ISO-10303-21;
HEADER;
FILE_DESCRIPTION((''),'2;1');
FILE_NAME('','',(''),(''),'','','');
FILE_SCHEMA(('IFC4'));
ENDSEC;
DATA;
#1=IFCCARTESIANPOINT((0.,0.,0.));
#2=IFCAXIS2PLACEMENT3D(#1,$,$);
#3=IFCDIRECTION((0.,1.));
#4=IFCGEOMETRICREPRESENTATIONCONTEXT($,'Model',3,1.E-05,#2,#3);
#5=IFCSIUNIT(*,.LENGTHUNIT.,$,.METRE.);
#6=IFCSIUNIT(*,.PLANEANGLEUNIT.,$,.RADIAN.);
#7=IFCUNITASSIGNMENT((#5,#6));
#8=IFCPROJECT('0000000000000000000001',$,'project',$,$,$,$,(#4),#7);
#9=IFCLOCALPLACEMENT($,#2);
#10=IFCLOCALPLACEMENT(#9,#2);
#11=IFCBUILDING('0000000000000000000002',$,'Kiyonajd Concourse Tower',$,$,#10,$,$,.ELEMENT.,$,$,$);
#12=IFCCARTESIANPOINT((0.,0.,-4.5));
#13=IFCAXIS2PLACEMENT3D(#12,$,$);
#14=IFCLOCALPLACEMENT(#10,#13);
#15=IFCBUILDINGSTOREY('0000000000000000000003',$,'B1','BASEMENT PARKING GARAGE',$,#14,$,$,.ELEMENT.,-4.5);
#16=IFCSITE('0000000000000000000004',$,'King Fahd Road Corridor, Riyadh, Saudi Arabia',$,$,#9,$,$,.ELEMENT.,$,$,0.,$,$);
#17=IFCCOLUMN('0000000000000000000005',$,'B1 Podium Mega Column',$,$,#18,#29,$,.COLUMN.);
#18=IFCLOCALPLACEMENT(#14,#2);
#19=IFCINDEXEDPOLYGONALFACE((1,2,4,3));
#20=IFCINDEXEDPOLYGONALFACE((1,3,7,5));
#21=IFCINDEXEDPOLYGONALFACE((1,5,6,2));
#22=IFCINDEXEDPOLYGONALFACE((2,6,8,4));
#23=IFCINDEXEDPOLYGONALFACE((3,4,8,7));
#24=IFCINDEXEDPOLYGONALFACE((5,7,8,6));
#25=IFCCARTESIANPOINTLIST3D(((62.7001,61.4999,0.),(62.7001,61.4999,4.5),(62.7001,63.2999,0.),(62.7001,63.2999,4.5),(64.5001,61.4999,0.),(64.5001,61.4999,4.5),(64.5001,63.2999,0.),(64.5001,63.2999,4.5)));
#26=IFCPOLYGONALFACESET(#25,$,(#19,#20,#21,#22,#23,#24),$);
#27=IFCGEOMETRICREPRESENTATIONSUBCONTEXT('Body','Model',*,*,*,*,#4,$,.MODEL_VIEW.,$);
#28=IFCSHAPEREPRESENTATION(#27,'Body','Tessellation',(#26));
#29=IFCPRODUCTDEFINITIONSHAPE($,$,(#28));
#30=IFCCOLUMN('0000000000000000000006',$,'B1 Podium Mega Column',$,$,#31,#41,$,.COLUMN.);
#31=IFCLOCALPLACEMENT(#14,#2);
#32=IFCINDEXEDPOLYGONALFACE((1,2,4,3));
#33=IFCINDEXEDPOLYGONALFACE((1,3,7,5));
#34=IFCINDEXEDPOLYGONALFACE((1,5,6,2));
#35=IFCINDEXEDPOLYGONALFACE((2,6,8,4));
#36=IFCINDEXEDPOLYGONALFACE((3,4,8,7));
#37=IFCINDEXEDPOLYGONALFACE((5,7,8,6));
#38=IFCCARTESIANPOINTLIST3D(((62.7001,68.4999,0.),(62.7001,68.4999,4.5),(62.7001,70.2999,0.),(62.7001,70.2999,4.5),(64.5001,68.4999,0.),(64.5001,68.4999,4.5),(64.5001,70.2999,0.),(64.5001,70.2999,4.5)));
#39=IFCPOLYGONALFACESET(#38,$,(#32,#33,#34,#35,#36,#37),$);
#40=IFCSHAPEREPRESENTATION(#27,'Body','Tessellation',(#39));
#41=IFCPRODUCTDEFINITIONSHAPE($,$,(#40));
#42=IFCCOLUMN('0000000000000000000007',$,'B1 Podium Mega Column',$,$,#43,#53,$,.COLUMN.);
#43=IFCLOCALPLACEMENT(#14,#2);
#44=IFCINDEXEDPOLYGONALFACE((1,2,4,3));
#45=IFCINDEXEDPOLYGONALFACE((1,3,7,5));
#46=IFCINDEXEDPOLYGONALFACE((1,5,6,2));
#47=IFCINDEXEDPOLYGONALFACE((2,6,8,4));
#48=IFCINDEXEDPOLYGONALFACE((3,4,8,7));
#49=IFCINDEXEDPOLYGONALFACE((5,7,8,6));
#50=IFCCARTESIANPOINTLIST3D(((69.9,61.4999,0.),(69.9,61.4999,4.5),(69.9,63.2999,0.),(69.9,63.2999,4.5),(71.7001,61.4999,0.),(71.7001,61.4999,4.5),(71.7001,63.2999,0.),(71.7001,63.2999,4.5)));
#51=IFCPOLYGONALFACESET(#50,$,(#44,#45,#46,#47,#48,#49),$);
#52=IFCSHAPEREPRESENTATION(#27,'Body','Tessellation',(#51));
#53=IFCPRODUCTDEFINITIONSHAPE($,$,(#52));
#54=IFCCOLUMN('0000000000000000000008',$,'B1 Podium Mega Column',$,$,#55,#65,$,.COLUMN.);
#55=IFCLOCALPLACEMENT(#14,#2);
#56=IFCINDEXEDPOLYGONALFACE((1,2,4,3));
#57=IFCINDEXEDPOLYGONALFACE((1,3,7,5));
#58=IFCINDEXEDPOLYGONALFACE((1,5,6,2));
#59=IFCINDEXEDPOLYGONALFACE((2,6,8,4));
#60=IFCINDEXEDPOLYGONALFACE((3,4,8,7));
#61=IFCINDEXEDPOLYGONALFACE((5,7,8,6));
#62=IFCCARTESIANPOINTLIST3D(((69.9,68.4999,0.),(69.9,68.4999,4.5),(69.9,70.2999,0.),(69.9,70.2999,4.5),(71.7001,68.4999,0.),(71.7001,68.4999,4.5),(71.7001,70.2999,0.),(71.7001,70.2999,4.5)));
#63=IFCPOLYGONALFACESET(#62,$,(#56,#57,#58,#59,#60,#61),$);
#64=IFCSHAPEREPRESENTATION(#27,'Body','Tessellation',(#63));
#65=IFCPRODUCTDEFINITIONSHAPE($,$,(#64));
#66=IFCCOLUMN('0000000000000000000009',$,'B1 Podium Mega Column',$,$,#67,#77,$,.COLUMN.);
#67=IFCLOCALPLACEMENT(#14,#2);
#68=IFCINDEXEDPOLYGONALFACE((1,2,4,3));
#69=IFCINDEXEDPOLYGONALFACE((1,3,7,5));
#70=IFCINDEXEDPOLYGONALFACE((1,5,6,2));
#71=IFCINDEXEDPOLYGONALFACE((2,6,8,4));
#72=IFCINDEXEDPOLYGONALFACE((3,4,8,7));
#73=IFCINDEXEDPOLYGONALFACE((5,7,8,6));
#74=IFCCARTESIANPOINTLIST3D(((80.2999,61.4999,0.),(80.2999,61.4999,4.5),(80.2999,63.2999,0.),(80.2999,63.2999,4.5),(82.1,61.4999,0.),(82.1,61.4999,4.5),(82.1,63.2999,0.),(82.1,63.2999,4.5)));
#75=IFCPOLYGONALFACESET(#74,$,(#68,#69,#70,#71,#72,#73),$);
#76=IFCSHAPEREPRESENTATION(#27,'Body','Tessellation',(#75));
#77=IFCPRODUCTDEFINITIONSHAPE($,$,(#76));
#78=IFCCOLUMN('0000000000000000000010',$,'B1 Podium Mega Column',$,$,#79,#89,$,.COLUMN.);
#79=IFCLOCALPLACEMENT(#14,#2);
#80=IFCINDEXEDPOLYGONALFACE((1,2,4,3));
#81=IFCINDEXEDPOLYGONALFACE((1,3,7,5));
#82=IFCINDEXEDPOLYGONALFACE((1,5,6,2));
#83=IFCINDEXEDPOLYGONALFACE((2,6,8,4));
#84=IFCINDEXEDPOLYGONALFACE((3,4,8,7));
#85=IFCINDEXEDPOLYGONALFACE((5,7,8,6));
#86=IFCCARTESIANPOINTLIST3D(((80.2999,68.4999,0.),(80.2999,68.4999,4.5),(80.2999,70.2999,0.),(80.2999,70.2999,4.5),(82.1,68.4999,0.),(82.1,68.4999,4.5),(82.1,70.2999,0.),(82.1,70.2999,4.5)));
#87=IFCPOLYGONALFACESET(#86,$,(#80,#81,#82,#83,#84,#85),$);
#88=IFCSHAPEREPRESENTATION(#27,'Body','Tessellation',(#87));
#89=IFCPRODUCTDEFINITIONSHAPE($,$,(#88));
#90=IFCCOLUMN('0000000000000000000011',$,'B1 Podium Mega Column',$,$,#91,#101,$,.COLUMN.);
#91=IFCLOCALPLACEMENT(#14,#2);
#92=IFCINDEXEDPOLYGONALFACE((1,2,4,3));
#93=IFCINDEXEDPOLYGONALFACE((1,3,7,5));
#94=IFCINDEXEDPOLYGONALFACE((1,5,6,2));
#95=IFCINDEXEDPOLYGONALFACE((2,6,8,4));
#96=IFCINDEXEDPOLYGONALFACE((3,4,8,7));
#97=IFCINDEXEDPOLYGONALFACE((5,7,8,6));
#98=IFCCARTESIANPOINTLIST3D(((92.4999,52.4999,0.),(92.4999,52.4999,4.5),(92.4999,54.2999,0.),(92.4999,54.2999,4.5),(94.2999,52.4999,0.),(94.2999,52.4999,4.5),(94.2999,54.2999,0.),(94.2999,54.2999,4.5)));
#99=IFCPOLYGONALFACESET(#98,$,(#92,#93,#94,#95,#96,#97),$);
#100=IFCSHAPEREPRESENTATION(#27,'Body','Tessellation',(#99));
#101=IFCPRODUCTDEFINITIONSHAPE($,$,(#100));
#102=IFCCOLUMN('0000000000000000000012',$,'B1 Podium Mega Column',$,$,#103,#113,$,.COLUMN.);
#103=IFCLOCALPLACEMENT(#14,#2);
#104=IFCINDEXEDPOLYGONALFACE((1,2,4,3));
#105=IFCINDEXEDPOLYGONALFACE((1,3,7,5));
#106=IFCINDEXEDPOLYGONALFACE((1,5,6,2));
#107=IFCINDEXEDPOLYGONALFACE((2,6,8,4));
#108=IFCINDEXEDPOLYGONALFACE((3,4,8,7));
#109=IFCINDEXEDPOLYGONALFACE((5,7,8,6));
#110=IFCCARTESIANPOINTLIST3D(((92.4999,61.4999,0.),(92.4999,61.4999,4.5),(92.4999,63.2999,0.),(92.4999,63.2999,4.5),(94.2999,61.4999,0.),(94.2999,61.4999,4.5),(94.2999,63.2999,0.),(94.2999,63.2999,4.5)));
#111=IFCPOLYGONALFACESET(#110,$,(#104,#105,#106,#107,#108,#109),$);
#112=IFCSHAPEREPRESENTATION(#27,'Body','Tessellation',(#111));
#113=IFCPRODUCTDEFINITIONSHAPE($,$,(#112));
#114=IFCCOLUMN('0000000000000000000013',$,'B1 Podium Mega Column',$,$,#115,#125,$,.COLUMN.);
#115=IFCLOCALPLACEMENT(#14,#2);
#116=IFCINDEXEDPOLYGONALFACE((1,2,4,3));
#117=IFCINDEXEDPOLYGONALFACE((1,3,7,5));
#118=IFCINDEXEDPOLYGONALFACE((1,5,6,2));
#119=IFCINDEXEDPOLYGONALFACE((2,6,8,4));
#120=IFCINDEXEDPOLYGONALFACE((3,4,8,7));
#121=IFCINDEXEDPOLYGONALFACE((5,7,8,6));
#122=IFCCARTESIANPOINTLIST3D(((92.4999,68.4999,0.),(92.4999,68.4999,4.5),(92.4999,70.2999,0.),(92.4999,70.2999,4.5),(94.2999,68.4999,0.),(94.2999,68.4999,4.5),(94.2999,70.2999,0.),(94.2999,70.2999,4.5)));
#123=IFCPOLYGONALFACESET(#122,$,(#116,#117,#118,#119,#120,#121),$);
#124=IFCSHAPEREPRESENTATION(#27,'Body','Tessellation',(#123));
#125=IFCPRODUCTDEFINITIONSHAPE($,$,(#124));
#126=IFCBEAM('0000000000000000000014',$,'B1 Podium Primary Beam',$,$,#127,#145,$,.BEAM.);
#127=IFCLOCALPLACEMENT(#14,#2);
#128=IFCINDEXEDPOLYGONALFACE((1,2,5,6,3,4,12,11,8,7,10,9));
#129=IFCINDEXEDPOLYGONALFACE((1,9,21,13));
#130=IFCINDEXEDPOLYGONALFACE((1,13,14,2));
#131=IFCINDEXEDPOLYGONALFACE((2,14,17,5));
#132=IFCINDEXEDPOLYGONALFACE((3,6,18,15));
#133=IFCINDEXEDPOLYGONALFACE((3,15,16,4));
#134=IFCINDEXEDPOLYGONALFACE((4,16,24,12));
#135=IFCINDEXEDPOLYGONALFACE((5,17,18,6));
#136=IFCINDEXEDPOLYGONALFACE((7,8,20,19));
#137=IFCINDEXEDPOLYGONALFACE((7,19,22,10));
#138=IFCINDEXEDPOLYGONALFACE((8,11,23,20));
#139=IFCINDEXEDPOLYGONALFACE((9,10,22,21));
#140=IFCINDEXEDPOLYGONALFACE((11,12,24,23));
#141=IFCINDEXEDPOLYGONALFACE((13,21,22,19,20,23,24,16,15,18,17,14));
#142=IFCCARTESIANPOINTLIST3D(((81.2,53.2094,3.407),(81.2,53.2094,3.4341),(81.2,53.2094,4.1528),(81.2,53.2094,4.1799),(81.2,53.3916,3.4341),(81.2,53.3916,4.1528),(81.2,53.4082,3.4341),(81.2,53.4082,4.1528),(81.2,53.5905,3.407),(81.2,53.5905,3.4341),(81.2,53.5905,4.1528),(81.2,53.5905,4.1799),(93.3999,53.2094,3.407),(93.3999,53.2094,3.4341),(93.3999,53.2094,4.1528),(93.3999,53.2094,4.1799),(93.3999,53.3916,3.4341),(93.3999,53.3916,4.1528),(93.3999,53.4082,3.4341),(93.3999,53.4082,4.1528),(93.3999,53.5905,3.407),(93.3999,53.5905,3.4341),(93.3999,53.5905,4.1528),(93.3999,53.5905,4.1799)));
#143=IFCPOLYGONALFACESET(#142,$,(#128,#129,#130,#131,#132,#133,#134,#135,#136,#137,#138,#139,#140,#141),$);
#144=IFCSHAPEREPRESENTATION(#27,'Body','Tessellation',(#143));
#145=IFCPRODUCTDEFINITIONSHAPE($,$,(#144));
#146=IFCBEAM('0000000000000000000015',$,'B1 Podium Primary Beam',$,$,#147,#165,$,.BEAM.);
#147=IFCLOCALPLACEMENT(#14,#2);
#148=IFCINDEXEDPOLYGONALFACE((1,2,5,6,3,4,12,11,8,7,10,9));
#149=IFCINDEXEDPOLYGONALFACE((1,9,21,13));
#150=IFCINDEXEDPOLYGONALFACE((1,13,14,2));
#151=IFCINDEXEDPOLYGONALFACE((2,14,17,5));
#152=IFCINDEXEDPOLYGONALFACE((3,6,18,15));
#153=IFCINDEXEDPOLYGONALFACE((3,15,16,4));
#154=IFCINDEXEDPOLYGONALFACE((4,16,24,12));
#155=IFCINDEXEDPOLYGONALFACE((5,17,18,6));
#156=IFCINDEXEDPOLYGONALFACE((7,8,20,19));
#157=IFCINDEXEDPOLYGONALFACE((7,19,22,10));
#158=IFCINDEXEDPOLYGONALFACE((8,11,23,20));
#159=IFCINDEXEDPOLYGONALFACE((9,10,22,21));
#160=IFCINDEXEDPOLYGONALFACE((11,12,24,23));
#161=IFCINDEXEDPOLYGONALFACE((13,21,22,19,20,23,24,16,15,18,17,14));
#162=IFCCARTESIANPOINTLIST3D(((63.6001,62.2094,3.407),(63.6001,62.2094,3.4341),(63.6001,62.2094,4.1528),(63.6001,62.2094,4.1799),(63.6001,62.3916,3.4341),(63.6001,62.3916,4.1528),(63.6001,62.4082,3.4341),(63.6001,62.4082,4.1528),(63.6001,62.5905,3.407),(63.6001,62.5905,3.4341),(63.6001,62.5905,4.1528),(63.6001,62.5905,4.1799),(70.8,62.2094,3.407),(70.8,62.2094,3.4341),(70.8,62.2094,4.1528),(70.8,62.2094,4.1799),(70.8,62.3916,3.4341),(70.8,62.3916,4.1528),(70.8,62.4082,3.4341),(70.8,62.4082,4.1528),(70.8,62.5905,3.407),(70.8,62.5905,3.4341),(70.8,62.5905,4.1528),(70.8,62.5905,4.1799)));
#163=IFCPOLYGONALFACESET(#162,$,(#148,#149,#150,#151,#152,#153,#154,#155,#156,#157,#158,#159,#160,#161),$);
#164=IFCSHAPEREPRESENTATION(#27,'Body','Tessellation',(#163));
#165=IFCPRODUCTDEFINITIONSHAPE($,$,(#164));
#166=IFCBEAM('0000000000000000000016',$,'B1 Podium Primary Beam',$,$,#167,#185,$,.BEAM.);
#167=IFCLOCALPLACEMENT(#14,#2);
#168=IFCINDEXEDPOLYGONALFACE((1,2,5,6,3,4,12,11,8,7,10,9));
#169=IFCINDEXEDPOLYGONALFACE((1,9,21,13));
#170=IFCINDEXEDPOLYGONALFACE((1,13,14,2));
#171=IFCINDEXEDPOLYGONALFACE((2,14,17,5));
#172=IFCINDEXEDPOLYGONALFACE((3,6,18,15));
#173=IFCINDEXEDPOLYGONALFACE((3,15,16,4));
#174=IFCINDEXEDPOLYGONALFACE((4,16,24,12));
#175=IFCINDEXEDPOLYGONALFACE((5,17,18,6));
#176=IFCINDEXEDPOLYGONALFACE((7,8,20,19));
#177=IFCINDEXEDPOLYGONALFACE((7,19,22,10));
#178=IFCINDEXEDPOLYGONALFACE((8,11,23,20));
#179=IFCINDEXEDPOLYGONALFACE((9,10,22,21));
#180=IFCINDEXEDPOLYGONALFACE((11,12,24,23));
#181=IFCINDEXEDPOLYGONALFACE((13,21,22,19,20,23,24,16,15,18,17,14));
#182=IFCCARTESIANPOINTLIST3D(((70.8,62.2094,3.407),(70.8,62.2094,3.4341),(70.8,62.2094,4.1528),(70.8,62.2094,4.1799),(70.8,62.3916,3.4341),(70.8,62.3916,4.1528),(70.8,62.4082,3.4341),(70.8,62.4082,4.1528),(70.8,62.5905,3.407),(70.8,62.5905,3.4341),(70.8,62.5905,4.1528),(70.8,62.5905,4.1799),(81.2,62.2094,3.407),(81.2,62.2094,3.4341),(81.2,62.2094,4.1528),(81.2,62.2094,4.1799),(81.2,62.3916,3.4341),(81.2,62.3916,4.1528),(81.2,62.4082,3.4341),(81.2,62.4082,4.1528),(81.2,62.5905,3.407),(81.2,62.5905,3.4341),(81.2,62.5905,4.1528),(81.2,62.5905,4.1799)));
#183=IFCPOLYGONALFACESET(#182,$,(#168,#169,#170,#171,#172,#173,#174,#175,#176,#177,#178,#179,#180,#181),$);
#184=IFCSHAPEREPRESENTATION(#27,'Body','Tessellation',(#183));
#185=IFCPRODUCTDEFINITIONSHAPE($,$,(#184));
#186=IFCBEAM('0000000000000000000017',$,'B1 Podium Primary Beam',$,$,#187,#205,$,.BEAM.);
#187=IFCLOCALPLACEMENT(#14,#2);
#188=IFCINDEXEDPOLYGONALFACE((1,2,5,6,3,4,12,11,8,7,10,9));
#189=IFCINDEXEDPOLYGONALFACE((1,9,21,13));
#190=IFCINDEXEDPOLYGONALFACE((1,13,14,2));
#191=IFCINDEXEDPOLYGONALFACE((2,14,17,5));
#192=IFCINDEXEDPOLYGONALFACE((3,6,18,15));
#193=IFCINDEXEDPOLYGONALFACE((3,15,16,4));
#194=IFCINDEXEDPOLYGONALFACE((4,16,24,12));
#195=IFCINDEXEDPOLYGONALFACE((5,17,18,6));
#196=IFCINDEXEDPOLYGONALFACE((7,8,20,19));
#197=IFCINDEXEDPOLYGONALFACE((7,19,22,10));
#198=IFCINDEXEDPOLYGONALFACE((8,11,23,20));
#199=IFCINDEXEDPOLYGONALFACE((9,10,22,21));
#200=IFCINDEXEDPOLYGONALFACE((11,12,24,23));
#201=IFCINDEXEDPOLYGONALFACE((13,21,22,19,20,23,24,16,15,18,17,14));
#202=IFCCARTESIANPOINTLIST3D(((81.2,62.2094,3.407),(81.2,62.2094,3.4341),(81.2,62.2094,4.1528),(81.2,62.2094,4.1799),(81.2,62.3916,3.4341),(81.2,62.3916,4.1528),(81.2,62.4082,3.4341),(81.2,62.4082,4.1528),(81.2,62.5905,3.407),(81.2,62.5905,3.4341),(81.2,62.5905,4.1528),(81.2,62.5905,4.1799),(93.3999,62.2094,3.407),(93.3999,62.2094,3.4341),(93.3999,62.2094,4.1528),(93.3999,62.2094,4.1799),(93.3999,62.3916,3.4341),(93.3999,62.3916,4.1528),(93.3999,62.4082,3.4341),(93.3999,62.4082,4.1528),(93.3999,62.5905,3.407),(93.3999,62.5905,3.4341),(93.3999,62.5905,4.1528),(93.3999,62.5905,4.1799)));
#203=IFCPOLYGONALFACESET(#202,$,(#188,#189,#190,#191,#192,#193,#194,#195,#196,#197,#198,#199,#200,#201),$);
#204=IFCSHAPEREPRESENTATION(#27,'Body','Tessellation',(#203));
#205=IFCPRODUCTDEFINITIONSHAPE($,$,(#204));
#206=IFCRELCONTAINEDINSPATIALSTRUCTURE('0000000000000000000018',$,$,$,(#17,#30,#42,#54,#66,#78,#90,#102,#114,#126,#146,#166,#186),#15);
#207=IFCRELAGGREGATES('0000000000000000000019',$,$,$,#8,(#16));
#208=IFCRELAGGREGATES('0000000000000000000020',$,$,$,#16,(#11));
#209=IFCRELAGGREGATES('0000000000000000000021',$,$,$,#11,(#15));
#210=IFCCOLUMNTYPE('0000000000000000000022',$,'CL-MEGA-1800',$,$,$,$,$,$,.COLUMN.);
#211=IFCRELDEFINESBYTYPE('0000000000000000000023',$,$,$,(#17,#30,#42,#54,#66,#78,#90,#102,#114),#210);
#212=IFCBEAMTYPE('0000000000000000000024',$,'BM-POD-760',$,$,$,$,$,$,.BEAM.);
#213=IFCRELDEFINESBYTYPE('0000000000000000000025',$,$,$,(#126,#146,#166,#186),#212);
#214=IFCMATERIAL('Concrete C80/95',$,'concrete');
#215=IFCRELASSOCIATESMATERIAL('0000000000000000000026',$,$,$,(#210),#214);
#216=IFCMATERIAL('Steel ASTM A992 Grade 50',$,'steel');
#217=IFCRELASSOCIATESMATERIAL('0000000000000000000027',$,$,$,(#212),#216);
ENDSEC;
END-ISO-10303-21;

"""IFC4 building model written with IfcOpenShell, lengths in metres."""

from ifc_helpers import new_model, si_unit, direction, frame, origin, origin_2d, place, context, subcontext, project, spatial, rectangle, i_section, extrude, material, material_profile, profile_set, type_object, element, save


model = new_model("IFC4")

# Units and contexts
model_context = context("Model", 3, precision=1e-05, world=origin(), true_north=direction((0.0, 1.0)))
body_context = subcontext(model_context, "Body", "Model", "MODEL_VIEW")
ifc_project = project(units=[si_unit("LENGTHUNIT", "METRE"), si_unit("PLANEANGLEUNIT", "RADIAN")], contexts=[model_context])

# Site, building, storey
site_placement = place(None, origin())
site = spatial("IfcSite", under=ifc_project, at=site_placement, Name="King Fahd Road Corridor, Riyadh, Saudi Arabia", CompositionType="ELEMENT", RefElevation=0.0)
building_placement = place(site_placement, origin())
building = spatial("IfcBuilding", under=site, at=building_placement, Name="Kiyonajd Concourse Tower", CompositionType="ELEMENT")
storey_placement = place(building_placement, frame((0.0, 0.0, -4.5)))
storey = spatial("IfcBuildingStorey", under=building, at=storey_placement, Name="B1", Description="BASEMENT PARKING GARAGE", CompositionType="ELEMENT", Elevation=-4.5)

# Columns
ifc_material_1 = material(Name="Concrete C80/95", Category="concrete")
ifc_material_profile_1 = material_profile(ifc_material_1, rectangle(XDim=1.8, YDim=1.8, at=origin_2d()), Name="RC-1800x1800")
ifc_profile_set_1 = profile_set([ifc_material_profile_1], Name="Concrete C80/95")
column_type = type_object("IfcColumnType", Name="CL-MEGA-1800", PredefinedType="COLUMN", material=ifc_profile_set_1)
for number, where, z_axis, x_axis, name in (
    (1, (63.6001, 62.3999, 0.0), (0.0, 0.0, 1.0), (1.0, 0.0, 0.0), "B1 Podium Mega Column"),
    (2, (63.6001, 69.3999, 0.0), (0.0, 0.0, 1.0), (1.0, 0.0, 0.0), "B1 Podium Mega Column"),
    (3, (70.8, 62.3999, 0.0), (0.0, 0.0, 1.0), (1.0, 0.0, 0.0), "B1 Podium Mega Column"),
    (4, (70.8, 69.3999, 0.0), (0.0, 0.0, 1.0), (1.0, 0.0, 0.0), "B1 Podium Mega Column"),
    (5, (81.2, 62.3999, 0.0), (0.0, 0.0, 1.0), (1.0, 0.0, 0.0), "B1 Podium Mega Column"),
    (6, (81.2, 69.3999, 0.0), (0.0, 0.0, 1.0), (1.0, 0.0, 0.0), "B1 Podium Mega Column"),
    (7, (93.3999, 53.3999, 0.0), (0.0, 0.0, 1.0), (1.0, 0.0, 0.0), "B1 Podium Mega Column"),
    (8, (93.3999, 62.3999, 0.0), (0.0, 0.0, 1.0), (1.0, 0.0, 0.0), "B1 Podium Mega Column"),
    (9, (93.3999, 69.3999, 0.0), (0.0, 0.0, 1.0), (1.0, 0.0, 0.0), "B1 Podium Mega Column"),
):
    element("IfcColumn", number, at=place(storey_placement, frame(where, z_axis=z_axis, x_axis=x_axis)), inside=storey, type_object=column_type, Name=name, PredefinedType="COLUMN", context=body_context, shape_type="SweptSolid", body=[
        extrude(rectangle(XDim=1.8, YDim=1.8, at=origin_2d()), origin(), (0.0, 0.0, 1.0), 4.5),
    ])

# Beams
ifc_material_2 = material(Name="Steel ASTM A992 Grade 50", Category="steel")
ifc_material_profile_2 = material_profile(ifc_material_2, i_section(OverallWidth=0.3811, OverallDepth=0.7729, WebThickness=0.0166, FlangeThickness=0.0271, at=origin_2d()), Name="W760X257")
ifc_profile_set_2 = profile_set([ifc_material_profile_2], Name="Steel ASTM A992 Grade 50")
beam_type = type_object("IfcBeamType", Name="BM-POD-760", PredefinedType="BEAM", material=ifc_profile_set_2)
beam_1_placement = place(storey_placement, frame((81.2, 53.3999, 3.7935), z_axis=(1.0, 0.0, 0.0), x_axis=(0.0, 1.0, 0.0)))
element("IfcBeam", 10, at=beam_1_placement, inside=storey, type_object=beam_type, Name="B1 Podium Primary Beam", PredefinedType="BEAM", context=body_context, shape_type="SweptSolid", body=[
    extrude(i_section(OverallWidth=0.3811, OverallDepth=0.7729, WebThickness=0.0166, FlangeThickness=0.0271, at=origin_2d()), origin(), (0.0, 0.0, 1.0), 12.2),
])
beam_2_placement = place(storey_placement, frame((63.6001, 62.3999, 3.7935), z_axis=(1.0, 0.0, 0.0), x_axis=(0.0, 1.0, 0.0)))
element("IfcBeam", 11, at=beam_2_placement, inside=storey, type_object=beam_type, Name="B1 Podium Primary Beam", PredefinedType="BEAM", context=body_context, shape_type="SweptSolid", body=[
    extrude(i_section(OverallWidth=0.3811, OverallDepth=0.7729, WebThickness=0.0166, FlangeThickness=0.0271, at=origin_2d()), origin(), (0.0, 0.0, 1.0), 7.2),
])
beam_3_placement = place(storey_placement, frame((70.8, 62.3999, 3.7935), z_axis=(1.0, 0.0, 0.0), x_axis=(0.0, 1.0, 0.0)))
element("IfcBeam", 12, at=beam_3_placement, inside=storey, type_object=beam_type, Name="B1 Podium Primary Beam", PredefinedType="BEAM", context=body_context, shape_type="SweptSolid", body=[
    extrude(i_section(OverallWidth=0.3811, OverallDepth=0.7729, WebThickness=0.0166, FlangeThickness=0.0271, at=origin_2d()), origin(), (0.0, 0.0, 1.0), 10.3999),
])
beam_4_placement = place(storey_placement, frame((81.2, 62.3999, 3.7935), z_axis=(1.0, 0.0, 0.0), x_axis=(0.0, 1.0, 0.0)))
element("IfcBeam", 13, at=beam_4_placement, inside=storey, type_object=beam_type, Name="B1 Podium Primary Beam", PredefinedType="BEAM", context=body_context, shape_type="SweptSolid", body=[
    extrude(i_section(OverallWidth=0.3811, OverallDepth=0.7729, WebThickness=0.0166, FlangeThickness=0.0271, at=origin_2d()), origin(), (0.0, 0.0, 1.0), 12.2),
])

save(model, "model.ifc")
